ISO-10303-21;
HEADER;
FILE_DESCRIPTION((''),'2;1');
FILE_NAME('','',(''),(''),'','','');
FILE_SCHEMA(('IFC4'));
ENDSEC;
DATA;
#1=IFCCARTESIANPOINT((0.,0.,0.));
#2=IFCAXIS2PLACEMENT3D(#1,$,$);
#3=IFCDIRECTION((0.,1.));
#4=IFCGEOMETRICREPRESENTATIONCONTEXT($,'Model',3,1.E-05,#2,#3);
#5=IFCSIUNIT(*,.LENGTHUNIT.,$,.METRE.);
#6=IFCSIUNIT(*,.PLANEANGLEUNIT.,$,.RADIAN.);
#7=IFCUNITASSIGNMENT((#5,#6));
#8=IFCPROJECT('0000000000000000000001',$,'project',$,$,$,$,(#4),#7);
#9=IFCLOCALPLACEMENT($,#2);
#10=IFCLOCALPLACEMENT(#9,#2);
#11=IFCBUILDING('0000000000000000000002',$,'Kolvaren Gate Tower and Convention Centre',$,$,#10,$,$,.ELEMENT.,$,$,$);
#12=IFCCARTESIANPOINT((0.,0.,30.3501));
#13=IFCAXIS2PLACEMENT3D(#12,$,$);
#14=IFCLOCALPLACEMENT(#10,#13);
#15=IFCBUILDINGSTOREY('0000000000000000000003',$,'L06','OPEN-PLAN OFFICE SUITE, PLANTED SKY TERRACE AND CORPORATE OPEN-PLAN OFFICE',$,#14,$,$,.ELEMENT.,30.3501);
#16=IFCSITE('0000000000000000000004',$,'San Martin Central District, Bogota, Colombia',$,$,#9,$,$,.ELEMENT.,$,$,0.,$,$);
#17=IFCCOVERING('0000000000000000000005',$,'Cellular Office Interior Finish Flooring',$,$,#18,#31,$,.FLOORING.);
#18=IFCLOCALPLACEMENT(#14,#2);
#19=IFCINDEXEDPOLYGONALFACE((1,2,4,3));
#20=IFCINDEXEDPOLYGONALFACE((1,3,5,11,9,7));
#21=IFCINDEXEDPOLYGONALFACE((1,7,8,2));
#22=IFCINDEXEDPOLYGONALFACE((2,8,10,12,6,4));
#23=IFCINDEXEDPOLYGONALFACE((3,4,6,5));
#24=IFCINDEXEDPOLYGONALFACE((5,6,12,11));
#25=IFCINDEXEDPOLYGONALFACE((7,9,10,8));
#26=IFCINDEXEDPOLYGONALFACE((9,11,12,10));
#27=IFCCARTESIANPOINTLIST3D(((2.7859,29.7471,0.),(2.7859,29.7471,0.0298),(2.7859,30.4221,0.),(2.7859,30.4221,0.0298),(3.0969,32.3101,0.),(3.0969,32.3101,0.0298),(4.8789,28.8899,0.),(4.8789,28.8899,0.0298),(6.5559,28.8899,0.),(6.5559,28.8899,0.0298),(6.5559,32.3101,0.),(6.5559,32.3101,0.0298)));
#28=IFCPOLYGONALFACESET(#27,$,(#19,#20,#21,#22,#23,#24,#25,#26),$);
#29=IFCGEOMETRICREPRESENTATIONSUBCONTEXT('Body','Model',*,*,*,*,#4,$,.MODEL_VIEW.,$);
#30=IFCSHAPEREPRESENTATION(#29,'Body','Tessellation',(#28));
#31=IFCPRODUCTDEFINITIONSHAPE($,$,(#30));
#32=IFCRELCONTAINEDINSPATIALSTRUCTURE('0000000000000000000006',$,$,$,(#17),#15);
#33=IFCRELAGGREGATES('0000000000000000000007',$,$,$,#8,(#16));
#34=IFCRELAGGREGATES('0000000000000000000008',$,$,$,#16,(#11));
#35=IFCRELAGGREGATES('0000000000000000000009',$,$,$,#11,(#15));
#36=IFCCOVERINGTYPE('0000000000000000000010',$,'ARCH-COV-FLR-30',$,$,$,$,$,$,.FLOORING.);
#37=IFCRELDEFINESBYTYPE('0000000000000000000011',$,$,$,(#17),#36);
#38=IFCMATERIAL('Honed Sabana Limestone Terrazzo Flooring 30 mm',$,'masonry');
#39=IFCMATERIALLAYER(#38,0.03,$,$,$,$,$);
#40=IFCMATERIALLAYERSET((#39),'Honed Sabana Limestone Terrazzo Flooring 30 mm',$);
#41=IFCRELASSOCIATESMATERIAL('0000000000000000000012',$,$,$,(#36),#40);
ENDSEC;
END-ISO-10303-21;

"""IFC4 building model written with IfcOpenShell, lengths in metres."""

from ifc_helpers import new_model, si_unit, direction, frame, origin, place, context, subcontext, project, spatial, polyline, outline, extrude, material, layer, layer_set, type_object, element, save


model = new_model("IFC4")

# Units and contexts
model_context = context("Model", 3, precision=1e-05, world=origin(), true_north=direction((0.0, 1.0)))
body_context = subcontext(model_context, "Body", "Model", "MODEL_VIEW")
ifc_project = project(units=[si_unit("LENGTHUNIT", "METRE"), si_unit("PLANEANGLEUNIT", "RADIAN")], contexts=[model_context])

# Site, building, storey
site_placement = place(None, origin())
site = spatial("IfcSite", under=ifc_project, at=site_placement, Name="San Martin Central District, Bogota, Colombia", CompositionType="ELEMENT", RefElevation=0.0)
building_placement = place(site_placement, origin())
building = spatial("IfcBuilding", under=site, at=building_placement, Name="Kolvaren Gate Tower and Convention Centre", CompositionType="ELEMENT")
storey_placement = place(building_placement, frame((0.0, 0.0, 30.3501)))
storey = spatial("IfcBuildingStorey", under=building, at=storey_placement, Name="L06", Description="OPEN-PLAN OFFICE SUITE, PLANTED SKY TERRACE AND CORPORATE OPEN-PLAN OFFICE", CompositionType="ELEMENT", Elevation=30.3501)

# Covering
ifc_material_1 = material(Name="Honed Sabana Limestone Terrazzo Flooring 30 mm", Category="masonry")
ifc_layer_1 = layer(ifc_material_1, 0.03)
ifc_layer_set_1 = layer_set([ifc_layer_1], Name="Honed Sabana Limestone Terrazzo Flooring 30 mm")
covering_type_1 = type_object("IfcCoveringType", Name="ARCH-COV-FLR-30", PredefinedType="FLOORING", material=ifc_layer_set_1)
covering_1_placement = place(storey_placement, origin())
element("IfcCovering", 1, at=covering_1_placement, inside=storey, type_object=covering_type_1, Name="Cellular Office Interior Finish Flooring", PredefinedType="FLOORING", context=body_context, shape_type="SweptSolid", body=[
    extrude(outline(polyline([(6.5559, 32.3101), (6.5559, 28.8899), (4.8789, 28.8899), (2.7859, 29.7471), (2.7859, 30.4221), (3.0969, 32.3101), (6.5559, 32.3101)])), origin(), (0.0, 0.0, 1.0), 0.0298),
])

save(model, "model.ifc")
